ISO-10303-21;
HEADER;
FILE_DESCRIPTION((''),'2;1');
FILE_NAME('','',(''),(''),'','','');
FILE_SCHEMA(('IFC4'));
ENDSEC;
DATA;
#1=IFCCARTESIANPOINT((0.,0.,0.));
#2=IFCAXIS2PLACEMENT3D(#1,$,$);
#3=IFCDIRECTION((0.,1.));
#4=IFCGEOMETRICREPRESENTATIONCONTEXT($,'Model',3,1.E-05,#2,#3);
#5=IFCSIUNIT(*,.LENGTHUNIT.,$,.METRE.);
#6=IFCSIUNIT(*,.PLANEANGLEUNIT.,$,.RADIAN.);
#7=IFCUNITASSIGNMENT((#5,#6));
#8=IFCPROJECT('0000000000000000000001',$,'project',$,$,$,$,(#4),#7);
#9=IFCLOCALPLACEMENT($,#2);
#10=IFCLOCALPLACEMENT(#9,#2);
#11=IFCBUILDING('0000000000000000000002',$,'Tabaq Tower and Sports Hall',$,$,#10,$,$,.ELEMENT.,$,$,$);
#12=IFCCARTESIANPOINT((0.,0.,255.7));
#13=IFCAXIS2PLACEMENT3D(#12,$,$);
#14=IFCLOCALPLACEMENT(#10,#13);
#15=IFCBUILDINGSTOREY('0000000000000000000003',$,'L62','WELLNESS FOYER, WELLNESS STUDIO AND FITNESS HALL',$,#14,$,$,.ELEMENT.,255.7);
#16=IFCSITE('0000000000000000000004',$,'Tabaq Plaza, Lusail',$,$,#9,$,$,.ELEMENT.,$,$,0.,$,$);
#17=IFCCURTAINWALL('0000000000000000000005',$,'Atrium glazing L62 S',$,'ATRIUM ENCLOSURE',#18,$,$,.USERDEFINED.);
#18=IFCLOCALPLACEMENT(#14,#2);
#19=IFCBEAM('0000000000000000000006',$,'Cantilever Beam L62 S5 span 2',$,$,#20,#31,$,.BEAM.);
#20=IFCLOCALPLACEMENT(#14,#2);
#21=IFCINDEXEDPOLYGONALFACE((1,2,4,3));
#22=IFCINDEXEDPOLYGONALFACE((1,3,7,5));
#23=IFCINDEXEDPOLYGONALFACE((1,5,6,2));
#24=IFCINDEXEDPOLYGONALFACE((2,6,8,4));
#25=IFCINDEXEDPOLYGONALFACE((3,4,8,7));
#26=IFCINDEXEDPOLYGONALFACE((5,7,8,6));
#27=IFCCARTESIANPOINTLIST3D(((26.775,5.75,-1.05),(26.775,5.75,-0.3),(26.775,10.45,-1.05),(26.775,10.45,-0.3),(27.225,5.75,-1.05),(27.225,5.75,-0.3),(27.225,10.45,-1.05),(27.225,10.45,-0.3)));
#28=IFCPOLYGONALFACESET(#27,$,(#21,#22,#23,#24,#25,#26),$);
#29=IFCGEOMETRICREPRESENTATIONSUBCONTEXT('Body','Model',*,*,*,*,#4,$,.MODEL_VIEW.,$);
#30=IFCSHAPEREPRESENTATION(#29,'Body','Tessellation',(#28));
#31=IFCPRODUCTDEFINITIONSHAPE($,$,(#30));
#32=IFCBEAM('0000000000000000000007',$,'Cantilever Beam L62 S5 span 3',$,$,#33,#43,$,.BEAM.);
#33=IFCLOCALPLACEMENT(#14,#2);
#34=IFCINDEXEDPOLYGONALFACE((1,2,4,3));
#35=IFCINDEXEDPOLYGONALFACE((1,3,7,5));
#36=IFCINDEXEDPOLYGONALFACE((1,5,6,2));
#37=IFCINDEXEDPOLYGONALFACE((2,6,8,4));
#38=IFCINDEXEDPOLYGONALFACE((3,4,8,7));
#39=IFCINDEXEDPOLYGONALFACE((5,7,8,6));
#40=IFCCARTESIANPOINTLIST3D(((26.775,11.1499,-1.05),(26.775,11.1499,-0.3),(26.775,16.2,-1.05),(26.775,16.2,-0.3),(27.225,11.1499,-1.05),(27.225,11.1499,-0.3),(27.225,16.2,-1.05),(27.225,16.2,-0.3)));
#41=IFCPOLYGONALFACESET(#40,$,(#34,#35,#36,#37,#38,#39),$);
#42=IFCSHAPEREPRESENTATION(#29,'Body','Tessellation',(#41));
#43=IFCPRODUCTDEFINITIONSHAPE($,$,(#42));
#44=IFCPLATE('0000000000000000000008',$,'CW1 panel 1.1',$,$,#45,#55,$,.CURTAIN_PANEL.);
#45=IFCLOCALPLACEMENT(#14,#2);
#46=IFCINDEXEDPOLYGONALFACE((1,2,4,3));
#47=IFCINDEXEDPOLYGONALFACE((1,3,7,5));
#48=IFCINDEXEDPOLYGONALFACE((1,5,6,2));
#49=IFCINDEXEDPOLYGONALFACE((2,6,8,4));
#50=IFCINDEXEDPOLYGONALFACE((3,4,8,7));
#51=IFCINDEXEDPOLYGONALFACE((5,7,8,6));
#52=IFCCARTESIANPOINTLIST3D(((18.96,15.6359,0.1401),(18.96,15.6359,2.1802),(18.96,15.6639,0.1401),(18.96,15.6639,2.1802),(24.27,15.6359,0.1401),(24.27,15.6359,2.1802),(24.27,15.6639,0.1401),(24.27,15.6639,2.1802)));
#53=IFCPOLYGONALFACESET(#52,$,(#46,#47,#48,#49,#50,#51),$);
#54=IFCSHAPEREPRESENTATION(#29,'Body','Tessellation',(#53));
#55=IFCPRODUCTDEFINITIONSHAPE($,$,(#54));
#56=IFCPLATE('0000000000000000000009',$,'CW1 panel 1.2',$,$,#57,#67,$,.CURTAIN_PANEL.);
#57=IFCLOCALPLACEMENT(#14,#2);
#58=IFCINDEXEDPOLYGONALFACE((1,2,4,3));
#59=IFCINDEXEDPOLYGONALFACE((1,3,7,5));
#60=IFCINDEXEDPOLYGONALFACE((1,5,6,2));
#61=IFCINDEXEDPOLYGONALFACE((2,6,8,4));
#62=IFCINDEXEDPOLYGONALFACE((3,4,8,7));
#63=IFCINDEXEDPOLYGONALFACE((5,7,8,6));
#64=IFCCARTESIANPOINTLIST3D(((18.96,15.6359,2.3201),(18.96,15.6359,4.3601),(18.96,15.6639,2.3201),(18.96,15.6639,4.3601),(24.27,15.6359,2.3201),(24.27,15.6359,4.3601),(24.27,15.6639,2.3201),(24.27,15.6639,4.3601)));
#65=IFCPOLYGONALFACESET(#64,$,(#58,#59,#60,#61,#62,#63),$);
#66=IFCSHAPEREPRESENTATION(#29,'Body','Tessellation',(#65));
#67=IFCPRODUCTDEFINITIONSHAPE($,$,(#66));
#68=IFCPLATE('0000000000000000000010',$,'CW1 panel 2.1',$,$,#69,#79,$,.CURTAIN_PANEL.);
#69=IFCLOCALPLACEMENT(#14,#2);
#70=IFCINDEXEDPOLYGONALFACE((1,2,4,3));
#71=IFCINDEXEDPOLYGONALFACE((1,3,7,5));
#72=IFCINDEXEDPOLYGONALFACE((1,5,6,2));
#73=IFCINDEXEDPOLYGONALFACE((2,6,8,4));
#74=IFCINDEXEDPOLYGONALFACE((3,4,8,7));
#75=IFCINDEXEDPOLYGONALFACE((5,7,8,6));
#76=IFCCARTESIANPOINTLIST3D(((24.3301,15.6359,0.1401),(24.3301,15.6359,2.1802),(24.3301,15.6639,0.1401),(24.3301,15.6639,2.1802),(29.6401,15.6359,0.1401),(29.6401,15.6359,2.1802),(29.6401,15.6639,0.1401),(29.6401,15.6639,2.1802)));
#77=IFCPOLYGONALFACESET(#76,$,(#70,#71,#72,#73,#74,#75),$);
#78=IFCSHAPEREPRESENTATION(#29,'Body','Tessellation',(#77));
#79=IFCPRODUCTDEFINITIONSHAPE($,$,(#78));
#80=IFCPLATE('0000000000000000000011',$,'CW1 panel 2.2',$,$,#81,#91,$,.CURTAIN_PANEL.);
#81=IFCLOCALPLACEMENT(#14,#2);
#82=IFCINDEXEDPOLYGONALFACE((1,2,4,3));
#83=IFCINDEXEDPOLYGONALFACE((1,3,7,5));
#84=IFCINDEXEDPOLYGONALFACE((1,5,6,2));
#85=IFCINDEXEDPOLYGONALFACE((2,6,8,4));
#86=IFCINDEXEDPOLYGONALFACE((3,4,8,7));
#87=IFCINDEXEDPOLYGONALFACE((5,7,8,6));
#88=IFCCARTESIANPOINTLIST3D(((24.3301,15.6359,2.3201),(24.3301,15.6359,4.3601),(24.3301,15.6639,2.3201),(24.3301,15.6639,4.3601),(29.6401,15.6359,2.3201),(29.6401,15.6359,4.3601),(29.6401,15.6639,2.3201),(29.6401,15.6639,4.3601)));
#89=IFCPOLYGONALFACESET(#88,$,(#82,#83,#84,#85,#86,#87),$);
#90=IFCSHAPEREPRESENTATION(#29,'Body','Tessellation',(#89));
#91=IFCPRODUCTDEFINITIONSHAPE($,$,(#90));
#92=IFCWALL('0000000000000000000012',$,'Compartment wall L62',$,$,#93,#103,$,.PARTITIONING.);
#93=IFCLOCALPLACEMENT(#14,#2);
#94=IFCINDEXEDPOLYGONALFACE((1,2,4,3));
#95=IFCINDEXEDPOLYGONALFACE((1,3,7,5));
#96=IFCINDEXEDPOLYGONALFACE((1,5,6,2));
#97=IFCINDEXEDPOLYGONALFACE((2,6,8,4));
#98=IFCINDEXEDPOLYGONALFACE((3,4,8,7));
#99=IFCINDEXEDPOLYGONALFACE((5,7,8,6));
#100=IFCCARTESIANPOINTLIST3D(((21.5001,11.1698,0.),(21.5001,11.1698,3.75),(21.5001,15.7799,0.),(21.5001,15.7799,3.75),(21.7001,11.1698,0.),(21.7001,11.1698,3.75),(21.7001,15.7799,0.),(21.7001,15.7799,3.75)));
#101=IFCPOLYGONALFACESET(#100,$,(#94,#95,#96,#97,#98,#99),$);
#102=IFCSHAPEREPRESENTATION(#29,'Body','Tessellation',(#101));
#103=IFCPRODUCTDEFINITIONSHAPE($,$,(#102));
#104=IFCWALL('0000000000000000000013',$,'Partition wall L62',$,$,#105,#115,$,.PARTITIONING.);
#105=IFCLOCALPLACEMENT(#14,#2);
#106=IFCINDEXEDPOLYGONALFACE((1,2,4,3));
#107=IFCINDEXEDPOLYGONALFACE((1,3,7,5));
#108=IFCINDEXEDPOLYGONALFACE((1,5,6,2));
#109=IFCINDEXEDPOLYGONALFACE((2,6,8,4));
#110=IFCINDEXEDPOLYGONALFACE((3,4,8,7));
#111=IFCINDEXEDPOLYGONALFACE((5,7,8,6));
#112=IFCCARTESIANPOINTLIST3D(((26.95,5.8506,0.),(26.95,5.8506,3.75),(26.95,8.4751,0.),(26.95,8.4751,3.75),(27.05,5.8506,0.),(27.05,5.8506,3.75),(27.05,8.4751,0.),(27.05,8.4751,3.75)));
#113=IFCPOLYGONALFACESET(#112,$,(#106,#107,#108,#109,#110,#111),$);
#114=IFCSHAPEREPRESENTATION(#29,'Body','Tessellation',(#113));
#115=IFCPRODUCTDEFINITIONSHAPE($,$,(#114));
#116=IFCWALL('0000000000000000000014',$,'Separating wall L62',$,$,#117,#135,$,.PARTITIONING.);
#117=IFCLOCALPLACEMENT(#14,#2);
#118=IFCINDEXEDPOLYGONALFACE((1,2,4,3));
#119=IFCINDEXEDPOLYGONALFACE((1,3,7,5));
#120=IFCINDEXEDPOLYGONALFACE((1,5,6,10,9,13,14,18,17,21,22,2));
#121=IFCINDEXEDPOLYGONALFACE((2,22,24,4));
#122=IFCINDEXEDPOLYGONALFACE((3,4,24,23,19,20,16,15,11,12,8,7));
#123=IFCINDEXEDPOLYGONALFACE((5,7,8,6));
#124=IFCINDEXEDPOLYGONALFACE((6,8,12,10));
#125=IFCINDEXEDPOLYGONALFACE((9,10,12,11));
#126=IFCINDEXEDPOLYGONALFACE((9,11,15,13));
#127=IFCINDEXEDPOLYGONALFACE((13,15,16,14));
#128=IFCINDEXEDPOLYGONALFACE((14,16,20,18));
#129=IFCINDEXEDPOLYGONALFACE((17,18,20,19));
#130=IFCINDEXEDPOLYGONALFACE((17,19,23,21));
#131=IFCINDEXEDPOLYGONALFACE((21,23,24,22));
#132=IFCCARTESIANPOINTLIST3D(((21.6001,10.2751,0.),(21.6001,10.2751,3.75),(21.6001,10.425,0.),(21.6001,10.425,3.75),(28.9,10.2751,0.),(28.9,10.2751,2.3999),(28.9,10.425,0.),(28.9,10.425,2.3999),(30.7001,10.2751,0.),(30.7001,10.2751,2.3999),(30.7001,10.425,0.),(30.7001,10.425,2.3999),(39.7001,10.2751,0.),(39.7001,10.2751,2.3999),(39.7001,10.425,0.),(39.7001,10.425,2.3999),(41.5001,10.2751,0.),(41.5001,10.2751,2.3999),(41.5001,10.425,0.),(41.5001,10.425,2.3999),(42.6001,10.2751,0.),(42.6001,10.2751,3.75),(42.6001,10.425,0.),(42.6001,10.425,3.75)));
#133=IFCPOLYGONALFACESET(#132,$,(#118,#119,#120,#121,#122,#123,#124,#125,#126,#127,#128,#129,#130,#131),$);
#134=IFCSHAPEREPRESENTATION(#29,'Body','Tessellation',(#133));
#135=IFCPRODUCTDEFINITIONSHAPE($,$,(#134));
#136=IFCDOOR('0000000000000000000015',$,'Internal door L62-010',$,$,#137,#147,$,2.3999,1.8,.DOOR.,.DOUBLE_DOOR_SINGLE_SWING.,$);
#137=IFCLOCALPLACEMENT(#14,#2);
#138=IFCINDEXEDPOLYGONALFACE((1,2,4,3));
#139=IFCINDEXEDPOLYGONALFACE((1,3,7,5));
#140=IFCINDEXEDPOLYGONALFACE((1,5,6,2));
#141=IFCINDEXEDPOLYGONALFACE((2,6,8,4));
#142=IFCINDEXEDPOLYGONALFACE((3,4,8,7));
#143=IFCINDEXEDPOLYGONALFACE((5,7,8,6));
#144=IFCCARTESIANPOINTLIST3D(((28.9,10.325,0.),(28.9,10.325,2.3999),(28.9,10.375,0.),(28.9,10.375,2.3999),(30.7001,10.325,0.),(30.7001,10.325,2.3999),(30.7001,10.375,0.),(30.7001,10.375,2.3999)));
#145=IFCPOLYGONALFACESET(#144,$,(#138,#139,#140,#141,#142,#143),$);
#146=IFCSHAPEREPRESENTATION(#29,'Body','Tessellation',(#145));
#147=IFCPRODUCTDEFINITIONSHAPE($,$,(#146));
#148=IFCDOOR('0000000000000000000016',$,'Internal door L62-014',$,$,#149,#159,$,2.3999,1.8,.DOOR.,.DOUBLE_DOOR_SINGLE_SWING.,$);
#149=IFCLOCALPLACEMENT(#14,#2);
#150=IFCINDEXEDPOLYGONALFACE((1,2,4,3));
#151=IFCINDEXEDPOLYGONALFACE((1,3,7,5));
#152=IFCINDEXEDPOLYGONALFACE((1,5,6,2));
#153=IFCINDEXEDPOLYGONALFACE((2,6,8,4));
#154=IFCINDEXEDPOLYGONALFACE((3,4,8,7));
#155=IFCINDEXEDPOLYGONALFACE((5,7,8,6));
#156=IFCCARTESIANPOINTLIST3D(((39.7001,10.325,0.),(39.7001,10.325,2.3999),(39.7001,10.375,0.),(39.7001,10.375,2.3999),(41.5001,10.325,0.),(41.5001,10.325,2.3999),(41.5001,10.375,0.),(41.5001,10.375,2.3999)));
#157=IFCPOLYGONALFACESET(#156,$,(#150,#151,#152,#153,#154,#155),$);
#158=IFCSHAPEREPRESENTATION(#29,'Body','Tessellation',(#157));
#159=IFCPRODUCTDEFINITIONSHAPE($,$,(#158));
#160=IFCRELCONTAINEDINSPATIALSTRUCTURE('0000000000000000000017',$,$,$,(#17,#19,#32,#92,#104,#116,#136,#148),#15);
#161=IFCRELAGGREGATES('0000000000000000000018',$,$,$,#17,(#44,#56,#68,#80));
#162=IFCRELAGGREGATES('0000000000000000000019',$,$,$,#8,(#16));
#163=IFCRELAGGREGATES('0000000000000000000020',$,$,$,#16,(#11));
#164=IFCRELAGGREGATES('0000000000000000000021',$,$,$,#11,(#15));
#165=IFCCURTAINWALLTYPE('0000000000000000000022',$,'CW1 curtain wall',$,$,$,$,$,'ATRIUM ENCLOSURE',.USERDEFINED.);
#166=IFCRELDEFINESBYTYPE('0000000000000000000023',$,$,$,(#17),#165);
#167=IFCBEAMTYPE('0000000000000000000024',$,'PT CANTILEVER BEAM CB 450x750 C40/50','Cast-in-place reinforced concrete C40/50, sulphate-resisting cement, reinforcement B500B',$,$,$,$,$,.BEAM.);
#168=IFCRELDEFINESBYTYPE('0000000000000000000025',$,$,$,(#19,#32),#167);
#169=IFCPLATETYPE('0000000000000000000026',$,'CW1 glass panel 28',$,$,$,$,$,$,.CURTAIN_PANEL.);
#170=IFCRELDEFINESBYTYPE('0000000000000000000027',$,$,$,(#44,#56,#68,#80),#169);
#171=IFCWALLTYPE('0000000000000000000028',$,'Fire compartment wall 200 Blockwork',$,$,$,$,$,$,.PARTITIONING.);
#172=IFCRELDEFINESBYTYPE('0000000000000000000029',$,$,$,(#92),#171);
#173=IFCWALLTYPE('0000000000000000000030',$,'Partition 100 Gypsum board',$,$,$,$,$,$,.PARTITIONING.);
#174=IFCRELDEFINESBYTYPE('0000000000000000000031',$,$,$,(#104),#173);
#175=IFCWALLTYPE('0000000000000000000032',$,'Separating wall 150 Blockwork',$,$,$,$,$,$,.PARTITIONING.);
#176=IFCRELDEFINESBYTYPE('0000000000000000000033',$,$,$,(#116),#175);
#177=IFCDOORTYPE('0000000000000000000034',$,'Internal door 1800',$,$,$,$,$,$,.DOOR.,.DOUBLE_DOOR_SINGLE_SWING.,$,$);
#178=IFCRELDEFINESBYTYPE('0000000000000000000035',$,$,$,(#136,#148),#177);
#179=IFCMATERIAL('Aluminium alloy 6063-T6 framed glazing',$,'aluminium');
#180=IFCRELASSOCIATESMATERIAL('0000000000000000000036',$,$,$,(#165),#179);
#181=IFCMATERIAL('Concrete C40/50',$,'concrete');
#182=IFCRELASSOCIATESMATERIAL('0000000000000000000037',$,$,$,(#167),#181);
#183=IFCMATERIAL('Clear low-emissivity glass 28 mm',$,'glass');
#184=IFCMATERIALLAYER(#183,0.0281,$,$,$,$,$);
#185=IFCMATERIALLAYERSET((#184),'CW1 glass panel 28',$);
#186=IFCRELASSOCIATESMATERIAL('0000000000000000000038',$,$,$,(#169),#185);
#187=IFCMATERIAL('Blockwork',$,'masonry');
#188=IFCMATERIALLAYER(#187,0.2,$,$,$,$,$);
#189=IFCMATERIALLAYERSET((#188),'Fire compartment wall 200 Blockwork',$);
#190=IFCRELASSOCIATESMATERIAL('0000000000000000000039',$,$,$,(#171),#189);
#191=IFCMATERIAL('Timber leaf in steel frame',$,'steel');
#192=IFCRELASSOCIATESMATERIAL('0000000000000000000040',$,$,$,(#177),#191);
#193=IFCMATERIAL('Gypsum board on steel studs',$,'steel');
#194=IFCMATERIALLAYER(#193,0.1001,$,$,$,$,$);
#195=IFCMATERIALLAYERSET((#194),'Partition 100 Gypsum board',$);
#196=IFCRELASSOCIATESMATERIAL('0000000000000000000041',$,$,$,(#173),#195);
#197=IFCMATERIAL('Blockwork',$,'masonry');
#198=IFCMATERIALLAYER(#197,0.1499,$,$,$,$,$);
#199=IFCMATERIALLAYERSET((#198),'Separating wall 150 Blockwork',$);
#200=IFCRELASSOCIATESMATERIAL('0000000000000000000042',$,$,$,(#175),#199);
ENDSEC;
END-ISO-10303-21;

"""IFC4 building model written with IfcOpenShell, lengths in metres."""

from ifc_helpers import new_model, si_unit, direction, frame, frame_2d, origin, origin_2d, place, context, subcontext, project, spatial, rectangle, extrude, material, layer, layer_set, material_profile, profile_set, type_object, element, fill, aggregate, save


model = new_model("IFC4")

# Units and contexts
model_context = context("Model", 3, precision=1e-05, world=origin(), true_north=direction((0.0, 1.0)))
body_context = subcontext(model_context, "Body", "Model", "MODEL_VIEW")
ifc_project = project(units=[si_unit("LENGTHUNIT", "METRE"), si_unit("PLANEANGLEUNIT", "RADIAN")], contexts=[model_context])

# Site, building, storey
site_placement = place(None, origin())
site = spatial("IfcSite", under=ifc_project, at=site_placement, Name="Tabaq Plaza, Lusail", CompositionType="ELEMENT", RefElevation=0.0)
building_placement = place(site_placement, origin())
building = spatial("IfcBuilding", under=site, at=building_placement, Name="Tabaq Tower and Sports Hall", CompositionType="ELEMENT")
storey_placement = place(building_placement, frame((0.0, 0.0, 255.7)))
storey = spatial("IfcBuildingStorey", under=building, at=storey_placement, Name="L62", Description="WELLNESS FOYER, WELLNESS STUDIO AND FITNESS HALL", CompositionType="ELEMENT", Elevation=255.7)

# Curtain wall
ifc_material_1 = material(Name="Aluminium alloy 6063-T6 framed glazing", Category="aluminium")
curtain_wall_type = type_object("IfcCurtainWallType", Name="CW1 curtain wall", ElementType="ATRIUM ENCLOSURE", PredefinedType="USERDEFINED", material=ifc_material_1)
curtain_wall_placement = place(storey_placement, origin())
curtain_wall = element("IfcCurtainWall", 1, at=curtain_wall_placement, inside=storey, type_object=curtain_wall_type, Name="Atrium glazing L62 S", ObjectType="ATRIUM ENCLOSURE", PredefinedType="USERDEFINED")

# Beams
ifc_material_2 = material(Name="Concrete C40/50", Category="concrete")
ifc_material_profile_1 = material_profile(ifc_material_2, rectangle(XDim=0.45, YDim=0.75, at=origin_2d()), Name="CB 450x750")
ifc_profile_set_1 = profile_set([ifc_material_profile_1], Name="Concrete C40/50")
beam_type = type_object("IfcBeamType", Name="PT CANTILEVER BEAM CB 450x750 C40/50", Description="Cast-in-place reinforced concrete C40/50, sulphate-resisting cement, reinforcement B500B", PredefinedType="BEAM", material=ifc_profile_set_1)
beam_1_placement = place(storey_placement, frame((27.0, 5.75, -0.675), z_axis=(0.0, 1.0, 0.0), x_axis=(-1.0, 0.0, 0.0)))
element("IfcBeam", 2, at=beam_1_placement, inside=storey, type_object=beam_type, Name="Cantilever Beam L62 S5 span 2", PredefinedType="BEAM", context=body_context, shape_type="SweptSolid", body=[
    extrude(rectangle(XDim=0.45, YDim=0.75, at=origin_2d()), origin(), (0.0, 0.0, 1.0), 4.7),
])
beam_2_placement = place(storey_placement, frame((27.0, 11.1499, -0.675), z_axis=(0.0, 1.0, 0.0), x_axis=(-1.0, 0.0, 0.0)))
element("IfcBeam", 3, at=beam_2_placement, inside=storey, type_object=beam_type, Name="Cantilever Beam L62 S5 span 3", PredefinedType="BEAM", context=body_context, shape_type="SweptSolid", body=[
    extrude(rectangle(XDim=0.45, YDim=0.75, at=origin_2d()), origin(), (0.0, 0.0, 1.0), 5.05),
])

# Plates
ifc_material_3 = material(Name="Clear low-emissivity glass 28 mm", Category="glass")
ifc_layer_1 = layer(ifc_material_3, 0.0281)
ifc_layer_set_1 = layer_set([ifc_layer_1], Name="CW1 glass panel 28")
plate_type = type_object("IfcPlateType", Name="CW1 glass panel 28", PredefinedType="CURTAIN_PANEL", material=ifc_layer_set_1)
plate_1_placement = place(storey_placement, frame((21.615, 15.6499, 0.1401), z_axis=(0.0, 0.0, 1.0), x_axis=(1.0, 0.0, 0.0)))
plate_1 = element("IfcPlate", 4, at=plate_1_placement, type_object=plate_type, Name="CW1 panel 1.1", PredefinedType="CURTAIN_PANEL", context=body_context, shape_type="SweptSolid", body=[
    extrude(rectangle(XDim=5.3101, YDim=0.0281, at=origin_2d()), origin(), (0.0, 0.0, 1.0), 2.04),
])
plate_2_placement = place(storey_placement, frame((21.615, 15.6499, 2.3201), z_axis=(0.0, 0.0, 1.0), x_axis=(1.0, 0.0, 0.0)))
plate_2 = element("IfcPlate", 5, at=plate_2_placement, type_object=plate_type, Name="CW1 panel 1.2", PredefinedType="CURTAIN_PANEL", context=body_context, shape_type="SweptSolid", body=[
    extrude(rectangle(XDim=5.3101, YDim=0.0281, at=origin_2d()), origin(), (0.0, 0.0, 1.0), 2.04),
])
plate_3_placement = place(storey_placement, frame((26.9851, 15.6499, 0.1401), z_axis=(0.0, 0.0, 1.0), x_axis=(1.0, 0.0, 0.0)))
plate_3 = element("IfcPlate", 6, at=plate_3_placement, type_object=plate_type, Name="CW1 panel 2.1", PredefinedType="CURTAIN_PANEL", context=body_context, shape_type="SweptSolid", body=[
    extrude(rectangle(XDim=5.3101, YDim=0.0281, at=origin_2d()), origin(), (0.0, 0.0, 1.0), 2.04),
])
plate_4_placement = place(storey_placement, frame((26.9851, 15.6499, 2.3201), z_axis=(0.0, 0.0, 1.0), x_axis=(1.0, 0.0, 0.0)))
plate_4 = element("IfcPlate", 7, at=plate_4_placement, type_object=plate_type, Name="CW1 panel 2.2", PredefinedType="CURTAIN_PANEL", context=body_context, shape_type="SweptSolid", body=[
    extrude(rectangle(XDim=5.3101, YDim=0.0281, at=origin_2d()), origin(), (0.0, 0.0, 1.0), 2.04),
])
aggregate(curtain_wall, [plate_1, plate_2, plate_3, plate_4])

# Wall
ifc_material_4 = material(Name="Blockwork", Category="masonry")
ifc_layer_2 = layer(ifc_material_4, 0.2)
ifc_layer_set_2 = layer_set([ifc_layer_2], Name="Fire compartment wall 200 Blockwork")
wall_type_1 = type_object("IfcWallType", Name="Fire compartment wall 200 Blockwork", PredefinedType="PARTITIONING", material=ifc_layer_set_2)
wall_1_placement = place(storey_placement, frame((21.6001, 15.78, 0.0), z_axis=(0.0, 0.0, 1.0), x_axis=(0.0, -1.0, 0.0)))
element("IfcWall", 8, at=wall_1_placement, inside=storey, type_object=wall_type_1, Name="Compartment wall L62", PredefinedType="PARTITIONING", context=body_context, shape_type="SweptSolid", body=[
    extrude(rectangle(XDim=4.6101, YDim=0.2, at=frame_2d((2.3052, 0.0))), origin(), (0.0, 0.0, 1.0), 3.75),
])

# Shared definitions
ifc_material_5 = material(Name="Timber leaf in steel frame", Category="steel")
door_type = type_object("IfcDoorType", Name="Internal door 1800", OperationType="DOUBLE_DOOR_SINGLE_SWING", PredefinedType="DOOR", material=ifc_material_5)

# Wall
ifc_material_6 = material(Name="Gypsum board on steel studs", Category="steel")
ifc_layer_3 = layer(ifc_material_6, 0.1001)
ifc_layer_set_3 = layer_set([ifc_layer_3], Name="Partition 100 Gypsum board")
wall_type_2 = type_object("IfcWallType", Name="Partition 100 Gypsum board", PredefinedType="PARTITIONING", material=ifc_layer_set_3)
wall_2_placement = place(storey_placement, frame((27.0, 8.4751, 0.0), z_axis=(0.0, 0.0, 1.0), x_axis=(0.0, -1.0, 0.0)))
element("IfcWall", 9, at=wall_2_placement, inside=storey, type_object=wall_type_2, Name="Partition wall L62", PredefinedType="PARTITIONING", context=body_context, shape_type="SweptSolid", body=[
    extrude(rectangle(XDim=2.6245, YDim=0.1001, at=frame_2d((1.3123, 0.0))), origin(), (0.0, 0.0, 1.0), 3.75),
])

# Wall, openings, doors
ifc_material_7 = material(Name="Blockwork", Category="masonry")
ifc_layer_4 = layer(ifc_material_7, 0.1499)
ifc_layer_set_4 = layer_set([ifc_layer_4], Name="Separating wall 150 Blockwork")
wall_type_3 = type_object("IfcWallType", Name="Separating wall 150 Blockwork", PredefinedType="PARTITIONING", material=ifc_layer_set_4)
wall_3_placement = place(storey_placement, frame((21.6001, 10.3501, 0.0), z_axis=(0.0, 0.0, 1.0), x_axis=(1.0, 0.0, 0.0)))
wall_3 = element("IfcWall", 10, at=wall_3_placement, inside=storey, type_object=wall_type_3, Name="Separating wall L62", PredefinedType="PARTITIONING", context=body_context, shape_type="SweptSolid", body=[
    extrude(rectangle(XDim=21.0, YDim=0.1499, at=frame_2d((10.5, 0.0))), origin(), (0.0, 0.0, 1.0), 3.75),
])
opening_1_placement = place(wall_3_placement, frame((7.3, 0.0, 0.0)))
opening_1 = element("IfcOpeningElement", 11, at=opening_1_placement, cuts=wall_3, PredefinedType="OPENING", context=body_context, shape_type="SweptSolid", body=[
    extrude(rectangle(XDim=1.8, YDim=2.3999, at=frame_2d((0.8999, 1.2))), frame((0.0, 0.075, 0.0), z_axis=(0.0, -1.0, 0.0), x_axis=(1.0, 0.0, 0.0)), (0.0, 0.0, 1.0), 0.1499),
])
opening_2_placement = place(wall_3_placement, frame((18.1001, 0.0, 0.0)))
opening_2 = element("IfcOpeningElement", 12, at=opening_2_placement, cuts=wall_3, PredefinedType="OPENING", context=body_context, shape_type="SweptSolid", body=[
    extrude(rectangle(XDim=1.8, YDim=2.3999, at=frame_2d((0.8999, 1.2))), frame((0.0, 0.075, 0.0), z_axis=(0.0, -1.0, 0.0), x_axis=(1.0, 0.0, 0.0)), (0.0, 0.0, 1.0), 0.1499),
])
door_1_placement = place(opening_1_placement, origin())
door_1 = element("IfcDoor", 13, at=door_1_placement, inside=storey, type_object=door_type, Name="Internal door L62-010", OperationType="DOUBLE_DOOR_SINGLE_SWING", OverallHeight=2.3999, OverallWidth=1.8, PredefinedType="DOOR", context=body_context, shape_type="SweptSolid", body=[
    extrude(rectangle(XDim=1.8, YDim=2.3999, at=frame_2d((0.8999, 1.2))), frame((0.0, 0.0249, 0.0), z_axis=(0.0, -1.0, 0.0), x_axis=(1.0, 0.0, 0.0)), (0.0, 0.0, 1.0), 0.05),
])
fill(opening_1, door_1)
door_2_placement = place(opening_2_placement, origin())
door_2 = element("IfcDoor", 14, at=door_2_placement, inside=storey, type_object=door_type, Name="Internal door L62-014", OperationType="DOUBLE_DOOR_SINGLE_SWING", OverallHeight=2.3999, OverallWidth=1.8, PredefinedType="DOOR", context=body_context, shape_type="SweptSolid", body=[
    extrude(rectangle(XDim=1.8, YDim=2.3999, at=frame_2d((0.8999, 1.2))), frame((0.0, 0.0249, 0.0), z_axis=(0.0, -1.0, 0.0), x_axis=(1.0, 0.0, 0.0)), (0.0, 0.0, 1.0), 0.05),
])
fill(opening_2, door_2)

save(model, "model.ifc")
